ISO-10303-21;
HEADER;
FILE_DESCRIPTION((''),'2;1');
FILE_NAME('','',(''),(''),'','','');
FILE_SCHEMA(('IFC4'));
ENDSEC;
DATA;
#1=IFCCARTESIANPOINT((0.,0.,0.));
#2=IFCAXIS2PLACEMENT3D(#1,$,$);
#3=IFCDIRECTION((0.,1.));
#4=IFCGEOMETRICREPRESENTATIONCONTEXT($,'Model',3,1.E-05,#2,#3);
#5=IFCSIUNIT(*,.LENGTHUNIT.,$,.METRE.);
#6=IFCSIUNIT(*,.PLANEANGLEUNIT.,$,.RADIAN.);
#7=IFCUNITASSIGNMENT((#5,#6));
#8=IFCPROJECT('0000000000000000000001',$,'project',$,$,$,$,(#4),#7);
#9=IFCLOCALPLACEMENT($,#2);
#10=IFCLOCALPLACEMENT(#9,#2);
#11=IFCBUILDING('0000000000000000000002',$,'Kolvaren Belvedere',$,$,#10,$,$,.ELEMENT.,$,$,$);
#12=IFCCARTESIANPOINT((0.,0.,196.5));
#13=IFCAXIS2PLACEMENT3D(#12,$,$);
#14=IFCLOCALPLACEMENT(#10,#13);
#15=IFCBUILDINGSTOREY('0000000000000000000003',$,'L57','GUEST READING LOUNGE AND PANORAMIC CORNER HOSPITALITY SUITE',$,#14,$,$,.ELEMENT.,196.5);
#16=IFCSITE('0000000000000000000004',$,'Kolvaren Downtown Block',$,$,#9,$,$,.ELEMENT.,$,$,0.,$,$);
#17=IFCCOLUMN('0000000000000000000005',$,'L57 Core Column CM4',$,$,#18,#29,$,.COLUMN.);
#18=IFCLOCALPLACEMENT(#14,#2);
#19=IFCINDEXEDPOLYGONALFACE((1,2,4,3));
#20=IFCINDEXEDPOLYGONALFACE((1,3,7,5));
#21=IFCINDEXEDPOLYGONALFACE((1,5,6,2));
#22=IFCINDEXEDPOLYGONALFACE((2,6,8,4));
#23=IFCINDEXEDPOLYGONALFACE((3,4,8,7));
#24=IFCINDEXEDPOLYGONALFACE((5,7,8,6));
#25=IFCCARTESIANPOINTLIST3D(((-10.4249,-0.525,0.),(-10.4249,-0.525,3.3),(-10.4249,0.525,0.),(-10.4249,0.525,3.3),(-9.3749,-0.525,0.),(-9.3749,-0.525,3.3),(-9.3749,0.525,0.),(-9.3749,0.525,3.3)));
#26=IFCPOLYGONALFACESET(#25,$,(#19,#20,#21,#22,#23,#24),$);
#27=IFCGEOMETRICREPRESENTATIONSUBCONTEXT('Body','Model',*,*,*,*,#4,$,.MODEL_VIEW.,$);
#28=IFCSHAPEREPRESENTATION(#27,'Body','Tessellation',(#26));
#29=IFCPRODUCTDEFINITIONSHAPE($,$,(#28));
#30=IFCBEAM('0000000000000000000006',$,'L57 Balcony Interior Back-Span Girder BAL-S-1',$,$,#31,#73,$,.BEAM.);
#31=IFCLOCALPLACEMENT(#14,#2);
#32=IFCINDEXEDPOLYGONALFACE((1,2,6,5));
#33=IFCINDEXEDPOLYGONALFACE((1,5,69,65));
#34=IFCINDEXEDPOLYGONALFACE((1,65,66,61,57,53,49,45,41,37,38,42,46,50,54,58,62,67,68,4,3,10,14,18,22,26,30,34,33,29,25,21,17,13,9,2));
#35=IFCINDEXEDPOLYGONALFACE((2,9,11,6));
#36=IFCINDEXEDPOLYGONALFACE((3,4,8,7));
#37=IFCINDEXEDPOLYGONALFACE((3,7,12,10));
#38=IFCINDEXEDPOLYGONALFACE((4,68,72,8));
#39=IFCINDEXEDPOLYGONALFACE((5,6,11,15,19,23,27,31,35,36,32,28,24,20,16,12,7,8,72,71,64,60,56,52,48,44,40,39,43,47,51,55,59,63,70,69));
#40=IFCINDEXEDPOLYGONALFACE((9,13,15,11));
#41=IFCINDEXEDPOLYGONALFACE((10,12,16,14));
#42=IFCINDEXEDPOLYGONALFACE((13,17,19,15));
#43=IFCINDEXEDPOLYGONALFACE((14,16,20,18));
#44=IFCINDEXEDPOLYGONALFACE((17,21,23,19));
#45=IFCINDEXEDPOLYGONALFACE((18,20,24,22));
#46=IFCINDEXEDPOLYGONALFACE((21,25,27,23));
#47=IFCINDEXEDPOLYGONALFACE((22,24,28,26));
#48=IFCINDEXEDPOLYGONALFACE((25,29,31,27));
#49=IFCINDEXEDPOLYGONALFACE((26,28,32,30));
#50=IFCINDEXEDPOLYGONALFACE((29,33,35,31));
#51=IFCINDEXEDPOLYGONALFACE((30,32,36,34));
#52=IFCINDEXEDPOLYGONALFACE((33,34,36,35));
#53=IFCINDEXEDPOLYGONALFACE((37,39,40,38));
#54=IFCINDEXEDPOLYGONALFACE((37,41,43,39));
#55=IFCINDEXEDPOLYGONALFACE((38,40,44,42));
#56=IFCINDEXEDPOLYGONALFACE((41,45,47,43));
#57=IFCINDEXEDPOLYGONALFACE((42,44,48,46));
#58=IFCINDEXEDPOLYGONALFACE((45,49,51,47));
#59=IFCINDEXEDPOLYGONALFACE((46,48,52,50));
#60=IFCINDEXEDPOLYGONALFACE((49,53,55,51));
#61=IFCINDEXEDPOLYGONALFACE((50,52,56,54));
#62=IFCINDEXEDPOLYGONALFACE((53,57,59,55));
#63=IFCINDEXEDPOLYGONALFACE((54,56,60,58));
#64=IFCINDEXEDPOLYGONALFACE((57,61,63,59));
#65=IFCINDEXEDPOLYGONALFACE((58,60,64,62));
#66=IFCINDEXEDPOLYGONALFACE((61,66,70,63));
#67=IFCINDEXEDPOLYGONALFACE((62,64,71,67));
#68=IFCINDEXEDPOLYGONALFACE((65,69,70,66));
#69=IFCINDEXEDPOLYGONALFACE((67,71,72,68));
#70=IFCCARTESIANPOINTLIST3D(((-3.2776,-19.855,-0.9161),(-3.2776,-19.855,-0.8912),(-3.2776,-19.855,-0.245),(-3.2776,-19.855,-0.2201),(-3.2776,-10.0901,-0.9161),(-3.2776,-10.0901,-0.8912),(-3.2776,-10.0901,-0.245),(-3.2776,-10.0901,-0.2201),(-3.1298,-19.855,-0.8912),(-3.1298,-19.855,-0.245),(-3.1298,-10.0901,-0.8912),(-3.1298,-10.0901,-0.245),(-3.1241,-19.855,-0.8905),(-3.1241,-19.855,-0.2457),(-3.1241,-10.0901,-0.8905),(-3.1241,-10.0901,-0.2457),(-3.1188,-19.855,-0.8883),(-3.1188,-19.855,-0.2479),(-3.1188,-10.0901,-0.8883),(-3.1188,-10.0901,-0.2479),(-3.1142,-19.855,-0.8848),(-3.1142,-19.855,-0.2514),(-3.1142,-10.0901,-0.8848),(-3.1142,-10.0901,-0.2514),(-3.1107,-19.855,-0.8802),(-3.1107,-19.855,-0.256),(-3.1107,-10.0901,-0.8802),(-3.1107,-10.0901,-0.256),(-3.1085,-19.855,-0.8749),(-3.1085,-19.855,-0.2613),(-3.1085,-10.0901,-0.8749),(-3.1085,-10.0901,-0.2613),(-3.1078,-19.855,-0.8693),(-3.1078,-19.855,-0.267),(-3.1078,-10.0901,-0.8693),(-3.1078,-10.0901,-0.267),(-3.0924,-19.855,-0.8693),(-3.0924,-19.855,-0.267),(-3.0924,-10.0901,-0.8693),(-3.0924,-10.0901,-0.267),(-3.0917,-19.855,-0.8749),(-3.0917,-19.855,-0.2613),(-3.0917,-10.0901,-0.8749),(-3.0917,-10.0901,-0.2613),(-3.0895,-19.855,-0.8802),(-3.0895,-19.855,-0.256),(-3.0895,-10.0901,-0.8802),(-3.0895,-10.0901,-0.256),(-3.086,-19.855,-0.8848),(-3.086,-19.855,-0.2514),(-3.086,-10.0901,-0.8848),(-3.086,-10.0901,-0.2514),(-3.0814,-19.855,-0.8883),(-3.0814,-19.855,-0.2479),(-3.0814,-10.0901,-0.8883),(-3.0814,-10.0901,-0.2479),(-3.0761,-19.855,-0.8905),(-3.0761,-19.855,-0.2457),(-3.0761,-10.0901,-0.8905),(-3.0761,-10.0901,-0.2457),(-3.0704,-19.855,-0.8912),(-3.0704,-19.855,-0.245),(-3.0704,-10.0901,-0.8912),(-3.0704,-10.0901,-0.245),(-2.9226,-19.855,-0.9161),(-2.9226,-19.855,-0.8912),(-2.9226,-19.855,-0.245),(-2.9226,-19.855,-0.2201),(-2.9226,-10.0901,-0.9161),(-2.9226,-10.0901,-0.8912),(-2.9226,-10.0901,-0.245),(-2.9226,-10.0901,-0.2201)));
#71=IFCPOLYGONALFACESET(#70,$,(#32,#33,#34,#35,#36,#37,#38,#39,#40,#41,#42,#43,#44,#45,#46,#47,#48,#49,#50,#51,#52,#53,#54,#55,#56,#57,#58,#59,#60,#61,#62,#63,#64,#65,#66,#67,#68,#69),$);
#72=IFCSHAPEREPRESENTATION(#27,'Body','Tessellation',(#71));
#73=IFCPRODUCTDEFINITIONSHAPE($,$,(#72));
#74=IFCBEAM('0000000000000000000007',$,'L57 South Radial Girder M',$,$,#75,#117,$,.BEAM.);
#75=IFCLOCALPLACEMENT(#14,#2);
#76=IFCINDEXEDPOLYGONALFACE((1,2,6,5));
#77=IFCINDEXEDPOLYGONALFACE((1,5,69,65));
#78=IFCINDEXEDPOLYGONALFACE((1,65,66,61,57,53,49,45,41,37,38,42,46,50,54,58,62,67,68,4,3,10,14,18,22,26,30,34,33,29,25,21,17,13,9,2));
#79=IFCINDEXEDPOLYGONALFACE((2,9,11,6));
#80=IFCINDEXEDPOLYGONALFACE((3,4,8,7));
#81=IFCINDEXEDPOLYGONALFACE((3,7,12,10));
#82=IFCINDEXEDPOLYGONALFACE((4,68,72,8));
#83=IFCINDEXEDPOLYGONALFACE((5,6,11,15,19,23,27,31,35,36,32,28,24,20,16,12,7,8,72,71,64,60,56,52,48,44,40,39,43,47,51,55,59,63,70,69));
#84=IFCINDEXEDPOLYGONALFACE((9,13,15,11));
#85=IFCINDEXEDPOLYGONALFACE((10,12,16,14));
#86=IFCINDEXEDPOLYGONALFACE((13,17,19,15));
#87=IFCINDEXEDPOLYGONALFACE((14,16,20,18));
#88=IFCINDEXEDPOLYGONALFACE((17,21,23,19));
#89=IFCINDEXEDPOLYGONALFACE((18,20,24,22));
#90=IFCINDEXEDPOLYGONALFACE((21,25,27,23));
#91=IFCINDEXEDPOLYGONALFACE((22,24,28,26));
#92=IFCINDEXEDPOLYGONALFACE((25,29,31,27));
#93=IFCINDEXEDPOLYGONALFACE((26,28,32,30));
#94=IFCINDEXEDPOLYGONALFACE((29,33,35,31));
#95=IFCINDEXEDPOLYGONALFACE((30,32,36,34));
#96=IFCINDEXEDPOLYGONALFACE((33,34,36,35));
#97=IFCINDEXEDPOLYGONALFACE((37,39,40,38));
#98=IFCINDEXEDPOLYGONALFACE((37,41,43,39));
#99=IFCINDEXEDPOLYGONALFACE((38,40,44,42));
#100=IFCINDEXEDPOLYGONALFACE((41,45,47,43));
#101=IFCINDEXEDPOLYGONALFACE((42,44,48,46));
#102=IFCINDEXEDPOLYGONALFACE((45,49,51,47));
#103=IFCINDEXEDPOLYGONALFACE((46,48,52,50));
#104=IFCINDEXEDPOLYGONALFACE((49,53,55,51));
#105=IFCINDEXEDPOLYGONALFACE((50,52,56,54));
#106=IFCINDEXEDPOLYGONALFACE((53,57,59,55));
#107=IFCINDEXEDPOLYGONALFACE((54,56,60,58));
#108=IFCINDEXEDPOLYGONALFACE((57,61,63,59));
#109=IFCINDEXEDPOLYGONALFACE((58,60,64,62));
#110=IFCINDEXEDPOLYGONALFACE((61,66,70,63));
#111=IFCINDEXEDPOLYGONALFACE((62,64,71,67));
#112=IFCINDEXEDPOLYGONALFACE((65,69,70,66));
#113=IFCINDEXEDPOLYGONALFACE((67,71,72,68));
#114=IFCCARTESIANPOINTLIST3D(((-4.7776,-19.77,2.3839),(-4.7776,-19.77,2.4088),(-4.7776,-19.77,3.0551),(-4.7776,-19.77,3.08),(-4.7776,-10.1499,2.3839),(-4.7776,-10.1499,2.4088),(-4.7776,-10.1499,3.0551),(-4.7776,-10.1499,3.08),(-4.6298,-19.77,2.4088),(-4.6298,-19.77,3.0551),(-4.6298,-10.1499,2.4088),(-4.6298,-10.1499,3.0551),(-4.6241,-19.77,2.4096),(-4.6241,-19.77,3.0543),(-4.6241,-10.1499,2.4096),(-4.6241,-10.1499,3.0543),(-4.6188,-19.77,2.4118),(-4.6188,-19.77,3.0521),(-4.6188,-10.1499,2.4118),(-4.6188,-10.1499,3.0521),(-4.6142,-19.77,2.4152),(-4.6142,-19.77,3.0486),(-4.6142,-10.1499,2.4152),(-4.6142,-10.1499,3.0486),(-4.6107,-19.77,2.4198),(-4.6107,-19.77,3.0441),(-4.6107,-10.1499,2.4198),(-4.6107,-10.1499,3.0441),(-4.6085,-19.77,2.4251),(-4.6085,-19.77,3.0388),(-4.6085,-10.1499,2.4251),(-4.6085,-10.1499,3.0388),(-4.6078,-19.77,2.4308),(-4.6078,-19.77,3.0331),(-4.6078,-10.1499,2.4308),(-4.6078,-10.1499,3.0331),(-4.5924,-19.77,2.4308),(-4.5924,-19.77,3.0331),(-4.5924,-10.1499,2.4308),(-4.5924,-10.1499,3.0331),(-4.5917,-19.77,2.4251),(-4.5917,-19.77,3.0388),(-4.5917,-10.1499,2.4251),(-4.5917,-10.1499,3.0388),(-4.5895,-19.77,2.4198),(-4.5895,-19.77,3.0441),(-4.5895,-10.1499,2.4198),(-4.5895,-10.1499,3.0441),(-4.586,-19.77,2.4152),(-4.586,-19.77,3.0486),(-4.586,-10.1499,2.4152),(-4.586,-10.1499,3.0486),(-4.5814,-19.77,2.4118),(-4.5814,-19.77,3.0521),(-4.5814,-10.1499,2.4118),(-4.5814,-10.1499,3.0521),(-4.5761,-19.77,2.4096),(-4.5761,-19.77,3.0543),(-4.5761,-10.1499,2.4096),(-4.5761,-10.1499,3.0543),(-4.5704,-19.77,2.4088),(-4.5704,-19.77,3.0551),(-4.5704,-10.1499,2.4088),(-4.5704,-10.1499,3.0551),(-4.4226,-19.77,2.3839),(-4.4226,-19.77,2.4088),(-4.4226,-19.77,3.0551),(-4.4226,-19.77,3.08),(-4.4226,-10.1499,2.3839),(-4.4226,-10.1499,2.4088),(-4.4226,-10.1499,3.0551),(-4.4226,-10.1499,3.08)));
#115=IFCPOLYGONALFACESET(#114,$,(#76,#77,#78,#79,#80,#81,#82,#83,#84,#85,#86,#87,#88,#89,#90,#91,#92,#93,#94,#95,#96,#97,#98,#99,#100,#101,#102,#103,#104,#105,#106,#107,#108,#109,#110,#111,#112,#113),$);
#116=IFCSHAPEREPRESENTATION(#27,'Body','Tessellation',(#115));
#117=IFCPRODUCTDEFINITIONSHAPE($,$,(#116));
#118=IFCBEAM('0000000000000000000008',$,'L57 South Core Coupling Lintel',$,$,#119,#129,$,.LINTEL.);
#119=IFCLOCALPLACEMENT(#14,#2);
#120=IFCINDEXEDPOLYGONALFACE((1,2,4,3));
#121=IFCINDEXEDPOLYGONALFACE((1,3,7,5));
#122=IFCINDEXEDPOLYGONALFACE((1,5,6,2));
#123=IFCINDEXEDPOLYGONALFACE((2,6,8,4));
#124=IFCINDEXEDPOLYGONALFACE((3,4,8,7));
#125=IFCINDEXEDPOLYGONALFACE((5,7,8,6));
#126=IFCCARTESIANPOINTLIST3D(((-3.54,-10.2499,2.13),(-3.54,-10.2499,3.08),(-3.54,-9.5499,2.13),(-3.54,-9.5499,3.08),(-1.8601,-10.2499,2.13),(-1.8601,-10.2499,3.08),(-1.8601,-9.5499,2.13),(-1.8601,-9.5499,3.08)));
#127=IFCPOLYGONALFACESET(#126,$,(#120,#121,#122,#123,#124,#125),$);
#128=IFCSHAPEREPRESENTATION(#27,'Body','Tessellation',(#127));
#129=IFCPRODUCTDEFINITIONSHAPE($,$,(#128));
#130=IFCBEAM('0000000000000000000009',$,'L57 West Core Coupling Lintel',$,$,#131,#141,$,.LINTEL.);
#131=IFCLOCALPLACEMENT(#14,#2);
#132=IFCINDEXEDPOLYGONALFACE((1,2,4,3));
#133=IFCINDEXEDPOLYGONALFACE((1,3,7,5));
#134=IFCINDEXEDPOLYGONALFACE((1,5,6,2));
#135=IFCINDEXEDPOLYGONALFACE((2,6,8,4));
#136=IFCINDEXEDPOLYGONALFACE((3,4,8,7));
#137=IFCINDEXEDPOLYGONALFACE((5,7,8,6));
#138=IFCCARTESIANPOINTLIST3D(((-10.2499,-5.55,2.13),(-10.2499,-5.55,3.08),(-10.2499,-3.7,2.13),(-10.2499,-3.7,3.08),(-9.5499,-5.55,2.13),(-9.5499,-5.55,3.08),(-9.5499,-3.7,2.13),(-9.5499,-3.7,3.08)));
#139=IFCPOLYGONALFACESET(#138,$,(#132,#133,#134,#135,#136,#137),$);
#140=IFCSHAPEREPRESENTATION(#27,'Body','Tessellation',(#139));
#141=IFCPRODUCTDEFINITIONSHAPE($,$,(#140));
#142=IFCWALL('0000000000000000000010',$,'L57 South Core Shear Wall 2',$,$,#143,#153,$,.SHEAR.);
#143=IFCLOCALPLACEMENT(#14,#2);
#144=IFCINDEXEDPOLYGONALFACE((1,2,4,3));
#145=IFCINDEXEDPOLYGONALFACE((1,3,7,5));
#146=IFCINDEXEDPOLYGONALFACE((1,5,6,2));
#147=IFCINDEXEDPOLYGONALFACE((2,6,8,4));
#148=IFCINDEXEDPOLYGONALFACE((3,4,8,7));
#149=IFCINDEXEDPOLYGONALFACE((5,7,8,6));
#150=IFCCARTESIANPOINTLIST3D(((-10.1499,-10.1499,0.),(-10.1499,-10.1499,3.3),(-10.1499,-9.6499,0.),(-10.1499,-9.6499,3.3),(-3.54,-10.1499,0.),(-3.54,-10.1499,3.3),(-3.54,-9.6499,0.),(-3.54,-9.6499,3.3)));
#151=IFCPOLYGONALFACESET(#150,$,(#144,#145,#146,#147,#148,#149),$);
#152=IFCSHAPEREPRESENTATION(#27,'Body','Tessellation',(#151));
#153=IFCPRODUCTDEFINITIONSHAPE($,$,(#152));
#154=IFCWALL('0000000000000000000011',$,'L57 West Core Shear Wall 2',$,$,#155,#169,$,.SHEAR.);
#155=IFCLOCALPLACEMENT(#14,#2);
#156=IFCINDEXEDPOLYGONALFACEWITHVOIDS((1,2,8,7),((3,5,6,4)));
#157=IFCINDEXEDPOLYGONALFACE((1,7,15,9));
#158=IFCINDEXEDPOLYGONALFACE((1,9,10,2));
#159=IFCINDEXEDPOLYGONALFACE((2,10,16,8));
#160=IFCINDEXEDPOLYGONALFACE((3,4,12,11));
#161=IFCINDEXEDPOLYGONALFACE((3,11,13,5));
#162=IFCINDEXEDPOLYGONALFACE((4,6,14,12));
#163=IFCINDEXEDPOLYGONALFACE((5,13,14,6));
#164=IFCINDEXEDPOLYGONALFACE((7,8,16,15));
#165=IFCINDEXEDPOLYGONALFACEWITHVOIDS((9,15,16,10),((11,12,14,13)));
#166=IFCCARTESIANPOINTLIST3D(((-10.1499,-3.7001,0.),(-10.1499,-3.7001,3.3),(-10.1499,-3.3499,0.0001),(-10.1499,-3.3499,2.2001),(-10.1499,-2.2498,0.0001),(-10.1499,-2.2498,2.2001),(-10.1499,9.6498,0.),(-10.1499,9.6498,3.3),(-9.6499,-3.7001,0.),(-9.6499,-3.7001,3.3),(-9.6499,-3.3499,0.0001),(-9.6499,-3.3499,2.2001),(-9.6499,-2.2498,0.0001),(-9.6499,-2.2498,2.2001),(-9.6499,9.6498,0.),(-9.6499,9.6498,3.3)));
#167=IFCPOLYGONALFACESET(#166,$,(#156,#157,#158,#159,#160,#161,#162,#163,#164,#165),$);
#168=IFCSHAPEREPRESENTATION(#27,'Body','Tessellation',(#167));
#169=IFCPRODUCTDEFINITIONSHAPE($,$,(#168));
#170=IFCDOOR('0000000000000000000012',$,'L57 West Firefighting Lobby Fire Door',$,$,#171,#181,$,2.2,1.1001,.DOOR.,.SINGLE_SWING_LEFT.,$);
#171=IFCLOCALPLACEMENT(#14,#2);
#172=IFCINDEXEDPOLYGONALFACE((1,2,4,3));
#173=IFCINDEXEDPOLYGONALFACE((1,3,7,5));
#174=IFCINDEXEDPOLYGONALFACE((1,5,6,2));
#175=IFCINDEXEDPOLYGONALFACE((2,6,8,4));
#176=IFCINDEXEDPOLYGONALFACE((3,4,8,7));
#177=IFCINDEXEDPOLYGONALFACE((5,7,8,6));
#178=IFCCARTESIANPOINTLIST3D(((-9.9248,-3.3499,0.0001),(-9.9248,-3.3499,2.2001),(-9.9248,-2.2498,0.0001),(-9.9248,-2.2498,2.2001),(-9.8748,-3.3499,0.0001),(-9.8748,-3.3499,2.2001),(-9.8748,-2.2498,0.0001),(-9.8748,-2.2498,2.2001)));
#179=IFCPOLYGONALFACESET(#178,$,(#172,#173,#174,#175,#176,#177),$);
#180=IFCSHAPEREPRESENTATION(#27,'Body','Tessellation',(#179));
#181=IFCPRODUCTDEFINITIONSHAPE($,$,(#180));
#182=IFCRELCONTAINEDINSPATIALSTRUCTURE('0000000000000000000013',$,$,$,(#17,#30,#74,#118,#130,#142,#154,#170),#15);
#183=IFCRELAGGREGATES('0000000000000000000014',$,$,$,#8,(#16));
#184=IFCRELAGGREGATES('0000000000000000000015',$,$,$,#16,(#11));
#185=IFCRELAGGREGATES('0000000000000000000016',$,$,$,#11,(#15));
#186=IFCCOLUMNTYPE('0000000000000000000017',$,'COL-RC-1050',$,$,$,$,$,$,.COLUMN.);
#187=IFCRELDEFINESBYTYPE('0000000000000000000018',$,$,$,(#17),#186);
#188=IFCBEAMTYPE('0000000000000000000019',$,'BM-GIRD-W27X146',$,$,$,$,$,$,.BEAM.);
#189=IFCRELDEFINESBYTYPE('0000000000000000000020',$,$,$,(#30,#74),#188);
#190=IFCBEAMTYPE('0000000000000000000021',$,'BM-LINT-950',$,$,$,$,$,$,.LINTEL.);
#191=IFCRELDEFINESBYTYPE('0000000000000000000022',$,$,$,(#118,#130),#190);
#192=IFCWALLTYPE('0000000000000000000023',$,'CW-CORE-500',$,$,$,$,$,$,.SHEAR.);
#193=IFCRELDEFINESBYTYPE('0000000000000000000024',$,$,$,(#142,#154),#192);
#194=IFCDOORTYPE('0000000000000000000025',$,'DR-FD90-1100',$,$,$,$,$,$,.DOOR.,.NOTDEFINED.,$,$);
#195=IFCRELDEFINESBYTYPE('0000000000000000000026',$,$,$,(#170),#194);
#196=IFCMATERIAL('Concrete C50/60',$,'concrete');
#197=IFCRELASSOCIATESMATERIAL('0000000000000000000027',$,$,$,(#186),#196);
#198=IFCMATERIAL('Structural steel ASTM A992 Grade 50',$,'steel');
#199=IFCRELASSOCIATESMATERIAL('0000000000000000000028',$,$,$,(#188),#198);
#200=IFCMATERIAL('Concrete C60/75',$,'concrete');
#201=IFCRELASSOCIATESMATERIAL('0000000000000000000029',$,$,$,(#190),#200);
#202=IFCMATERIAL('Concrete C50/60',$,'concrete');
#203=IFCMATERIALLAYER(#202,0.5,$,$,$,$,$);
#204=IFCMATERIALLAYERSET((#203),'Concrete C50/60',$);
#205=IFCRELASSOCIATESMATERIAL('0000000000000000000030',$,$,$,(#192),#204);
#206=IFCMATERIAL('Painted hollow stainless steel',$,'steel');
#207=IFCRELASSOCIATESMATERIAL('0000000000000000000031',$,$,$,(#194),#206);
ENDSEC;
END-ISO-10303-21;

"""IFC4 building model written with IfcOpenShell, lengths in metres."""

from ifc_helpers import new_model, si_unit, direction, frame, frame_2d, origin, origin_2d, place, context, subcontext, project, spatial, rectangle, i_section, extrude, material, layer, layer_set, material_profile, profile_set, type_object, element, fill, save


model = new_model("IFC4")

# Units and contexts
model_context = context("Model", 3, precision=1e-05, world=origin(), true_north=direction((0.0, 1.0)))
body_context = subcontext(model_context, "Body", "Model", "MODEL_VIEW")
ifc_project = project(units=[si_unit("LENGTHUNIT", "METRE"), si_unit("PLANEANGLEUNIT", "RADIAN")], contexts=[model_context])

# Site, building, storey
site_placement = place(None, origin())
site = spatial("IfcSite", under=ifc_project, at=site_placement, Name="Kolvaren Downtown Block", CompositionType="ELEMENT", RefElevation=0.0)
building_placement = place(site_placement, origin())
building = spatial("IfcBuilding", under=site, at=building_placement, Name="Kolvaren Belvedere", CompositionType="ELEMENT")
storey_placement = place(building_placement, frame((0.0, 0.0, 196.5)))
storey = spatial("IfcBuildingStorey", under=building, at=storey_placement, Name="L57", Description="GUEST READING LOUNGE AND PANORAMIC CORNER HOSPITALITY SUITE", CompositionType="ELEMENT", Elevation=196.5)

# Column
ifc_material_1 = material(Name="Concrete C50/60", Category="concrete")
ifc_material_profile_1 = material_profile(ifc_material_1, rectangle(XDim=1.05, YDim=1.05, at=origin_2d()), Name="RC 1050X1050")
ifc_profile_set_1 = profile_set([ifc_material_profile_1], Name="Concrete C50/60")
column_type = type_object("IfcColumnType", Name="COL-RC-1050", PredefinedType="COLUMN", material=ifc_profile_set_1)
column_placement = place(storey_placement, frame((-9.8999, 0.0, 0.0), z_axis=(0.0, 0.0, 1.0), x_axis=(1.0, 0.0, 0.0)))
element("IfcColumn", 1, at=column_placement, inside=storey, type_object=column_type, Name="L57 Core Column CM4", PredefinedType="COLUMN", context=body_context, shape_type="SweptSolid", body=[
    extrude(rectangle(XDim=1.05, YDim=1.05, at=origin_2d()), origin(), (0.0, 0.0, 1.0), 3.3),
])

# Beams
ifc_material_2 = material(Name="Structural steel ASTM A992 Grade 50", Category="steel")
ifc_material_profile_2 = material_profile(ifc_material_2, i_section(OverallWidth=0.355, OverallDepth=0.696, WebThickness=0.0154, FlangeThickness=0.0249, FilletRadius=0.022, at=origin_2d()), Name="W27X146")
ifc_profile_set_2 = profile_set([ifc_material_profile_2], Name="Structural steel ASTM A992 Grade 50")
beam_type_1 = type_object("IfcBeamType", Name="BM-GIRD-W27X146", PredefinedType="BEAM", material=ifc_profile_set_2)
beam_1_placement = place(storey_placement, frame((-3.1001, -10.0901, -0.5681), z_axis=(0.0, -1.0, 0.0), x_axis=(1.0, 0.0, 0.0)))
element("IfcBeam", 2, at=beam_1_placement, inside=storey, type_object=beam_type_1, Name="L57 Balcony Interior Back-Span Girder BAL-S-1", PredefinedType="BEAM", context=body_context, shape_type="SweptSolid", body=[
    extrude(i_section(OverallWidth=0.355, OverallDepth=0.696, WebThickness=0.0154, FlangeThickness=0.0249, FilletRadius=0.022, at=origin_2d()), origin(), (0.0, 0.0, 1.0), 9.7649),
])
beam_2_placement = place(storey_placement, frame((-4.6001, -10.1499, 2.7319), z_axis=(0.0, -1.0, 0.0), x_axis=(1.0, 0.0, 0.0)))
element("IfcBeam", 3, at=beam_2_placement, inside=storey, type_object=beam_type_1, Name="L57 South Radial Girder M", PredefinedType="BEAM", context=body_context, shape_type="SweptSolid", body=[
    extrude(i_section(OverallWidth=0.355, OverallDepth=0.696, WebThickness=0.0154, FlangeThickness=0.0249, FilletRadius=0.022, at=origin_2d()), origin(), (0.0, 0.0, 1.0), 9.6201),
])
ifc_material_3 = material(Name="Concrete C60/75", Category="concrete")
ifc_material_profile_3 = material_profile(ifc_material_3, rectangle(XDim=0.7, YDim=0.95, at=origin_2d()), Name="RC 700X950")
ifc_profile_set_3 = profile_set([ifc_material_profile_3], Name="Concrete C60/75")
beam_type_2 = type_object("IfcBeamType", Name="BM-LINT-950", PredefinedType="LINTEL", material=ifc_profile_set_3)
beam_3_placement = place(storey_placement, frame((-3.54, -9.8999, 2.605), z_axis=(1.0, 0.0, 0.0), x_axis=(0.0, 1.0, 0.0)))
element("IfcBeam", 4, at=beam_3_placement, inside=storey, type_object=beam_type_2, Name="L57 South Core Coupling Lintel", PredefinedType="LINTEL", context=body_context, shape_type="SweptSolid", body=[
    extrude(rectangle(XDim=0.7, YDim=0.95, at=origin_2d()), origin(), (0.0, 0.0, 1.0), 1.6799),
])
beam_4_placement = place(storey_placement, frame((-9.8999, -5.55, 2.605), z_axis=(0.0, 1.0, 0.0), x_axis=(-1.0, 0.0, 0.0)))
element("IfcBeam", 5, at=beam_4_placement, inside=storey, type_object=beam_type_2, Name="L57 West Core Coupling Lintel", PredefinedType="LINTEL", context=body_context, shape_type="SweptSolid", body=[
    extrude(rectangle(XDim=0.7, YDim=0.95, at=origin_2d()), origin(), (0.0, 0.0, 1.0), 1.8501),
])

# Wall
ifc_material_4 = material(Name="Concrete C50/60", Category="concrete")
ifc_layer_1 = layer(ifc_material_4, 0.5)
ifc_layer_set_1 = layer_set([ifc_layer_1], Name="Concrete C50/60")
wall_type_1 = type_object("IfcWallType", Name="CW-CORE-500", PredefinedType="SHEAR", material=ifc_layer_set_1)
wall_1_placement = place(storey_placement, frame((-3.54, -9.8999, 0.0), z_axis=(0.0, 0.0, 1.0), x_axis=(-1.0, 0.0, 0.0)))
element("IfcWall", 6, at=wall_1_placement, inside=storey, type_object=wall_type_1, Name="L57 South Core Shear Wall 2", PredefinedType="SHEAR", context=body_context, shape_type="SweptSolid", body=[
    extrude(rectangle(XDim=6.6099, YDim=0.5, at=frame_2d((3.3049, 0.0))), origin(), (0.0, 0.0, 1.0), 3.3),
])

# Wall, opening, door
wall_2_placement = place(storey_placement, frame((-9.8999, -3.7, 0.0), z_axis=(0.0, 0.0, 1.0), x_axis=(0.0, 1.0, 0.0)))
wall_2 = element("IfcWall", 7, at=wall_2_placement, inside=storey, type_object=wall_type_1, Name="L57 West Core Shear Wall 2", PredefinedType="SHEAR", context=body_context, shape_type="SweptSolid", body=[
    extrude(rectangle(XDim=13.3499, YDim=0.5, at=frame_2d((6.6748, 0.0))), origin(), (0.0, 0.0, 1.0), 3.3),
])
opening_1_placement = place(wall_2_placement, frame((0.3501, 0.0, 0.0)))
opening_1 = element("IfcOpeningElement", 8, at=opening_1_placement, cuts=wall_2, PredefinedType="OPENING", context=body_context, shape_type="SweptSolid", body=[
    extrude(rectangle(XDim=1.1001, YDim=2.2, at=frame_2d((0.55, 1.1001))), frame((0.0, 0.26, 0.0), z_axis=(0.0, -1.0, 0.0), x_axis=(1.0, 0.0, 0.0)), (0.0, 0.0, 1.0), 0.52),
])
ifc_material_5 = material(Name="Painted hollow stainless steel", Category="steel")
door_type_1 = type_object("IfcDoorType", Name="DR-FD90-1100", OperationType="NOTDEFINED", PredefinedType="DOOR", material=ifc_material_5)
door_1_placement = place(opening_1_placement, origin())
door_1 = element("IfcDoor", 9, at=door_1_placement, inside=storey, type_object=door_type_1, Name="L57 West Firefighting Lobby Fire Door", OperationType="SINGLE_SWING_LEFT", OverallHeight=2.2, OverallWidth=1.1001, PredefinedType="DOOR", context=body_context, shape_type="SweptSolid", body=[
    extrude(rectangle(XDim=1.1001, YDim=2.2, at=frame_2d((0.55, 1.1001))), frame((0.0, 0.0249, 0.0), z_axis=(0.0, -1.0, 0.0), x_axis=(1.0, 0.0, 0.0)), (0.0, 0.0, 1.0), 0.05),
])
fill(opening_1, door_1)

save(model, "model.ifc")
